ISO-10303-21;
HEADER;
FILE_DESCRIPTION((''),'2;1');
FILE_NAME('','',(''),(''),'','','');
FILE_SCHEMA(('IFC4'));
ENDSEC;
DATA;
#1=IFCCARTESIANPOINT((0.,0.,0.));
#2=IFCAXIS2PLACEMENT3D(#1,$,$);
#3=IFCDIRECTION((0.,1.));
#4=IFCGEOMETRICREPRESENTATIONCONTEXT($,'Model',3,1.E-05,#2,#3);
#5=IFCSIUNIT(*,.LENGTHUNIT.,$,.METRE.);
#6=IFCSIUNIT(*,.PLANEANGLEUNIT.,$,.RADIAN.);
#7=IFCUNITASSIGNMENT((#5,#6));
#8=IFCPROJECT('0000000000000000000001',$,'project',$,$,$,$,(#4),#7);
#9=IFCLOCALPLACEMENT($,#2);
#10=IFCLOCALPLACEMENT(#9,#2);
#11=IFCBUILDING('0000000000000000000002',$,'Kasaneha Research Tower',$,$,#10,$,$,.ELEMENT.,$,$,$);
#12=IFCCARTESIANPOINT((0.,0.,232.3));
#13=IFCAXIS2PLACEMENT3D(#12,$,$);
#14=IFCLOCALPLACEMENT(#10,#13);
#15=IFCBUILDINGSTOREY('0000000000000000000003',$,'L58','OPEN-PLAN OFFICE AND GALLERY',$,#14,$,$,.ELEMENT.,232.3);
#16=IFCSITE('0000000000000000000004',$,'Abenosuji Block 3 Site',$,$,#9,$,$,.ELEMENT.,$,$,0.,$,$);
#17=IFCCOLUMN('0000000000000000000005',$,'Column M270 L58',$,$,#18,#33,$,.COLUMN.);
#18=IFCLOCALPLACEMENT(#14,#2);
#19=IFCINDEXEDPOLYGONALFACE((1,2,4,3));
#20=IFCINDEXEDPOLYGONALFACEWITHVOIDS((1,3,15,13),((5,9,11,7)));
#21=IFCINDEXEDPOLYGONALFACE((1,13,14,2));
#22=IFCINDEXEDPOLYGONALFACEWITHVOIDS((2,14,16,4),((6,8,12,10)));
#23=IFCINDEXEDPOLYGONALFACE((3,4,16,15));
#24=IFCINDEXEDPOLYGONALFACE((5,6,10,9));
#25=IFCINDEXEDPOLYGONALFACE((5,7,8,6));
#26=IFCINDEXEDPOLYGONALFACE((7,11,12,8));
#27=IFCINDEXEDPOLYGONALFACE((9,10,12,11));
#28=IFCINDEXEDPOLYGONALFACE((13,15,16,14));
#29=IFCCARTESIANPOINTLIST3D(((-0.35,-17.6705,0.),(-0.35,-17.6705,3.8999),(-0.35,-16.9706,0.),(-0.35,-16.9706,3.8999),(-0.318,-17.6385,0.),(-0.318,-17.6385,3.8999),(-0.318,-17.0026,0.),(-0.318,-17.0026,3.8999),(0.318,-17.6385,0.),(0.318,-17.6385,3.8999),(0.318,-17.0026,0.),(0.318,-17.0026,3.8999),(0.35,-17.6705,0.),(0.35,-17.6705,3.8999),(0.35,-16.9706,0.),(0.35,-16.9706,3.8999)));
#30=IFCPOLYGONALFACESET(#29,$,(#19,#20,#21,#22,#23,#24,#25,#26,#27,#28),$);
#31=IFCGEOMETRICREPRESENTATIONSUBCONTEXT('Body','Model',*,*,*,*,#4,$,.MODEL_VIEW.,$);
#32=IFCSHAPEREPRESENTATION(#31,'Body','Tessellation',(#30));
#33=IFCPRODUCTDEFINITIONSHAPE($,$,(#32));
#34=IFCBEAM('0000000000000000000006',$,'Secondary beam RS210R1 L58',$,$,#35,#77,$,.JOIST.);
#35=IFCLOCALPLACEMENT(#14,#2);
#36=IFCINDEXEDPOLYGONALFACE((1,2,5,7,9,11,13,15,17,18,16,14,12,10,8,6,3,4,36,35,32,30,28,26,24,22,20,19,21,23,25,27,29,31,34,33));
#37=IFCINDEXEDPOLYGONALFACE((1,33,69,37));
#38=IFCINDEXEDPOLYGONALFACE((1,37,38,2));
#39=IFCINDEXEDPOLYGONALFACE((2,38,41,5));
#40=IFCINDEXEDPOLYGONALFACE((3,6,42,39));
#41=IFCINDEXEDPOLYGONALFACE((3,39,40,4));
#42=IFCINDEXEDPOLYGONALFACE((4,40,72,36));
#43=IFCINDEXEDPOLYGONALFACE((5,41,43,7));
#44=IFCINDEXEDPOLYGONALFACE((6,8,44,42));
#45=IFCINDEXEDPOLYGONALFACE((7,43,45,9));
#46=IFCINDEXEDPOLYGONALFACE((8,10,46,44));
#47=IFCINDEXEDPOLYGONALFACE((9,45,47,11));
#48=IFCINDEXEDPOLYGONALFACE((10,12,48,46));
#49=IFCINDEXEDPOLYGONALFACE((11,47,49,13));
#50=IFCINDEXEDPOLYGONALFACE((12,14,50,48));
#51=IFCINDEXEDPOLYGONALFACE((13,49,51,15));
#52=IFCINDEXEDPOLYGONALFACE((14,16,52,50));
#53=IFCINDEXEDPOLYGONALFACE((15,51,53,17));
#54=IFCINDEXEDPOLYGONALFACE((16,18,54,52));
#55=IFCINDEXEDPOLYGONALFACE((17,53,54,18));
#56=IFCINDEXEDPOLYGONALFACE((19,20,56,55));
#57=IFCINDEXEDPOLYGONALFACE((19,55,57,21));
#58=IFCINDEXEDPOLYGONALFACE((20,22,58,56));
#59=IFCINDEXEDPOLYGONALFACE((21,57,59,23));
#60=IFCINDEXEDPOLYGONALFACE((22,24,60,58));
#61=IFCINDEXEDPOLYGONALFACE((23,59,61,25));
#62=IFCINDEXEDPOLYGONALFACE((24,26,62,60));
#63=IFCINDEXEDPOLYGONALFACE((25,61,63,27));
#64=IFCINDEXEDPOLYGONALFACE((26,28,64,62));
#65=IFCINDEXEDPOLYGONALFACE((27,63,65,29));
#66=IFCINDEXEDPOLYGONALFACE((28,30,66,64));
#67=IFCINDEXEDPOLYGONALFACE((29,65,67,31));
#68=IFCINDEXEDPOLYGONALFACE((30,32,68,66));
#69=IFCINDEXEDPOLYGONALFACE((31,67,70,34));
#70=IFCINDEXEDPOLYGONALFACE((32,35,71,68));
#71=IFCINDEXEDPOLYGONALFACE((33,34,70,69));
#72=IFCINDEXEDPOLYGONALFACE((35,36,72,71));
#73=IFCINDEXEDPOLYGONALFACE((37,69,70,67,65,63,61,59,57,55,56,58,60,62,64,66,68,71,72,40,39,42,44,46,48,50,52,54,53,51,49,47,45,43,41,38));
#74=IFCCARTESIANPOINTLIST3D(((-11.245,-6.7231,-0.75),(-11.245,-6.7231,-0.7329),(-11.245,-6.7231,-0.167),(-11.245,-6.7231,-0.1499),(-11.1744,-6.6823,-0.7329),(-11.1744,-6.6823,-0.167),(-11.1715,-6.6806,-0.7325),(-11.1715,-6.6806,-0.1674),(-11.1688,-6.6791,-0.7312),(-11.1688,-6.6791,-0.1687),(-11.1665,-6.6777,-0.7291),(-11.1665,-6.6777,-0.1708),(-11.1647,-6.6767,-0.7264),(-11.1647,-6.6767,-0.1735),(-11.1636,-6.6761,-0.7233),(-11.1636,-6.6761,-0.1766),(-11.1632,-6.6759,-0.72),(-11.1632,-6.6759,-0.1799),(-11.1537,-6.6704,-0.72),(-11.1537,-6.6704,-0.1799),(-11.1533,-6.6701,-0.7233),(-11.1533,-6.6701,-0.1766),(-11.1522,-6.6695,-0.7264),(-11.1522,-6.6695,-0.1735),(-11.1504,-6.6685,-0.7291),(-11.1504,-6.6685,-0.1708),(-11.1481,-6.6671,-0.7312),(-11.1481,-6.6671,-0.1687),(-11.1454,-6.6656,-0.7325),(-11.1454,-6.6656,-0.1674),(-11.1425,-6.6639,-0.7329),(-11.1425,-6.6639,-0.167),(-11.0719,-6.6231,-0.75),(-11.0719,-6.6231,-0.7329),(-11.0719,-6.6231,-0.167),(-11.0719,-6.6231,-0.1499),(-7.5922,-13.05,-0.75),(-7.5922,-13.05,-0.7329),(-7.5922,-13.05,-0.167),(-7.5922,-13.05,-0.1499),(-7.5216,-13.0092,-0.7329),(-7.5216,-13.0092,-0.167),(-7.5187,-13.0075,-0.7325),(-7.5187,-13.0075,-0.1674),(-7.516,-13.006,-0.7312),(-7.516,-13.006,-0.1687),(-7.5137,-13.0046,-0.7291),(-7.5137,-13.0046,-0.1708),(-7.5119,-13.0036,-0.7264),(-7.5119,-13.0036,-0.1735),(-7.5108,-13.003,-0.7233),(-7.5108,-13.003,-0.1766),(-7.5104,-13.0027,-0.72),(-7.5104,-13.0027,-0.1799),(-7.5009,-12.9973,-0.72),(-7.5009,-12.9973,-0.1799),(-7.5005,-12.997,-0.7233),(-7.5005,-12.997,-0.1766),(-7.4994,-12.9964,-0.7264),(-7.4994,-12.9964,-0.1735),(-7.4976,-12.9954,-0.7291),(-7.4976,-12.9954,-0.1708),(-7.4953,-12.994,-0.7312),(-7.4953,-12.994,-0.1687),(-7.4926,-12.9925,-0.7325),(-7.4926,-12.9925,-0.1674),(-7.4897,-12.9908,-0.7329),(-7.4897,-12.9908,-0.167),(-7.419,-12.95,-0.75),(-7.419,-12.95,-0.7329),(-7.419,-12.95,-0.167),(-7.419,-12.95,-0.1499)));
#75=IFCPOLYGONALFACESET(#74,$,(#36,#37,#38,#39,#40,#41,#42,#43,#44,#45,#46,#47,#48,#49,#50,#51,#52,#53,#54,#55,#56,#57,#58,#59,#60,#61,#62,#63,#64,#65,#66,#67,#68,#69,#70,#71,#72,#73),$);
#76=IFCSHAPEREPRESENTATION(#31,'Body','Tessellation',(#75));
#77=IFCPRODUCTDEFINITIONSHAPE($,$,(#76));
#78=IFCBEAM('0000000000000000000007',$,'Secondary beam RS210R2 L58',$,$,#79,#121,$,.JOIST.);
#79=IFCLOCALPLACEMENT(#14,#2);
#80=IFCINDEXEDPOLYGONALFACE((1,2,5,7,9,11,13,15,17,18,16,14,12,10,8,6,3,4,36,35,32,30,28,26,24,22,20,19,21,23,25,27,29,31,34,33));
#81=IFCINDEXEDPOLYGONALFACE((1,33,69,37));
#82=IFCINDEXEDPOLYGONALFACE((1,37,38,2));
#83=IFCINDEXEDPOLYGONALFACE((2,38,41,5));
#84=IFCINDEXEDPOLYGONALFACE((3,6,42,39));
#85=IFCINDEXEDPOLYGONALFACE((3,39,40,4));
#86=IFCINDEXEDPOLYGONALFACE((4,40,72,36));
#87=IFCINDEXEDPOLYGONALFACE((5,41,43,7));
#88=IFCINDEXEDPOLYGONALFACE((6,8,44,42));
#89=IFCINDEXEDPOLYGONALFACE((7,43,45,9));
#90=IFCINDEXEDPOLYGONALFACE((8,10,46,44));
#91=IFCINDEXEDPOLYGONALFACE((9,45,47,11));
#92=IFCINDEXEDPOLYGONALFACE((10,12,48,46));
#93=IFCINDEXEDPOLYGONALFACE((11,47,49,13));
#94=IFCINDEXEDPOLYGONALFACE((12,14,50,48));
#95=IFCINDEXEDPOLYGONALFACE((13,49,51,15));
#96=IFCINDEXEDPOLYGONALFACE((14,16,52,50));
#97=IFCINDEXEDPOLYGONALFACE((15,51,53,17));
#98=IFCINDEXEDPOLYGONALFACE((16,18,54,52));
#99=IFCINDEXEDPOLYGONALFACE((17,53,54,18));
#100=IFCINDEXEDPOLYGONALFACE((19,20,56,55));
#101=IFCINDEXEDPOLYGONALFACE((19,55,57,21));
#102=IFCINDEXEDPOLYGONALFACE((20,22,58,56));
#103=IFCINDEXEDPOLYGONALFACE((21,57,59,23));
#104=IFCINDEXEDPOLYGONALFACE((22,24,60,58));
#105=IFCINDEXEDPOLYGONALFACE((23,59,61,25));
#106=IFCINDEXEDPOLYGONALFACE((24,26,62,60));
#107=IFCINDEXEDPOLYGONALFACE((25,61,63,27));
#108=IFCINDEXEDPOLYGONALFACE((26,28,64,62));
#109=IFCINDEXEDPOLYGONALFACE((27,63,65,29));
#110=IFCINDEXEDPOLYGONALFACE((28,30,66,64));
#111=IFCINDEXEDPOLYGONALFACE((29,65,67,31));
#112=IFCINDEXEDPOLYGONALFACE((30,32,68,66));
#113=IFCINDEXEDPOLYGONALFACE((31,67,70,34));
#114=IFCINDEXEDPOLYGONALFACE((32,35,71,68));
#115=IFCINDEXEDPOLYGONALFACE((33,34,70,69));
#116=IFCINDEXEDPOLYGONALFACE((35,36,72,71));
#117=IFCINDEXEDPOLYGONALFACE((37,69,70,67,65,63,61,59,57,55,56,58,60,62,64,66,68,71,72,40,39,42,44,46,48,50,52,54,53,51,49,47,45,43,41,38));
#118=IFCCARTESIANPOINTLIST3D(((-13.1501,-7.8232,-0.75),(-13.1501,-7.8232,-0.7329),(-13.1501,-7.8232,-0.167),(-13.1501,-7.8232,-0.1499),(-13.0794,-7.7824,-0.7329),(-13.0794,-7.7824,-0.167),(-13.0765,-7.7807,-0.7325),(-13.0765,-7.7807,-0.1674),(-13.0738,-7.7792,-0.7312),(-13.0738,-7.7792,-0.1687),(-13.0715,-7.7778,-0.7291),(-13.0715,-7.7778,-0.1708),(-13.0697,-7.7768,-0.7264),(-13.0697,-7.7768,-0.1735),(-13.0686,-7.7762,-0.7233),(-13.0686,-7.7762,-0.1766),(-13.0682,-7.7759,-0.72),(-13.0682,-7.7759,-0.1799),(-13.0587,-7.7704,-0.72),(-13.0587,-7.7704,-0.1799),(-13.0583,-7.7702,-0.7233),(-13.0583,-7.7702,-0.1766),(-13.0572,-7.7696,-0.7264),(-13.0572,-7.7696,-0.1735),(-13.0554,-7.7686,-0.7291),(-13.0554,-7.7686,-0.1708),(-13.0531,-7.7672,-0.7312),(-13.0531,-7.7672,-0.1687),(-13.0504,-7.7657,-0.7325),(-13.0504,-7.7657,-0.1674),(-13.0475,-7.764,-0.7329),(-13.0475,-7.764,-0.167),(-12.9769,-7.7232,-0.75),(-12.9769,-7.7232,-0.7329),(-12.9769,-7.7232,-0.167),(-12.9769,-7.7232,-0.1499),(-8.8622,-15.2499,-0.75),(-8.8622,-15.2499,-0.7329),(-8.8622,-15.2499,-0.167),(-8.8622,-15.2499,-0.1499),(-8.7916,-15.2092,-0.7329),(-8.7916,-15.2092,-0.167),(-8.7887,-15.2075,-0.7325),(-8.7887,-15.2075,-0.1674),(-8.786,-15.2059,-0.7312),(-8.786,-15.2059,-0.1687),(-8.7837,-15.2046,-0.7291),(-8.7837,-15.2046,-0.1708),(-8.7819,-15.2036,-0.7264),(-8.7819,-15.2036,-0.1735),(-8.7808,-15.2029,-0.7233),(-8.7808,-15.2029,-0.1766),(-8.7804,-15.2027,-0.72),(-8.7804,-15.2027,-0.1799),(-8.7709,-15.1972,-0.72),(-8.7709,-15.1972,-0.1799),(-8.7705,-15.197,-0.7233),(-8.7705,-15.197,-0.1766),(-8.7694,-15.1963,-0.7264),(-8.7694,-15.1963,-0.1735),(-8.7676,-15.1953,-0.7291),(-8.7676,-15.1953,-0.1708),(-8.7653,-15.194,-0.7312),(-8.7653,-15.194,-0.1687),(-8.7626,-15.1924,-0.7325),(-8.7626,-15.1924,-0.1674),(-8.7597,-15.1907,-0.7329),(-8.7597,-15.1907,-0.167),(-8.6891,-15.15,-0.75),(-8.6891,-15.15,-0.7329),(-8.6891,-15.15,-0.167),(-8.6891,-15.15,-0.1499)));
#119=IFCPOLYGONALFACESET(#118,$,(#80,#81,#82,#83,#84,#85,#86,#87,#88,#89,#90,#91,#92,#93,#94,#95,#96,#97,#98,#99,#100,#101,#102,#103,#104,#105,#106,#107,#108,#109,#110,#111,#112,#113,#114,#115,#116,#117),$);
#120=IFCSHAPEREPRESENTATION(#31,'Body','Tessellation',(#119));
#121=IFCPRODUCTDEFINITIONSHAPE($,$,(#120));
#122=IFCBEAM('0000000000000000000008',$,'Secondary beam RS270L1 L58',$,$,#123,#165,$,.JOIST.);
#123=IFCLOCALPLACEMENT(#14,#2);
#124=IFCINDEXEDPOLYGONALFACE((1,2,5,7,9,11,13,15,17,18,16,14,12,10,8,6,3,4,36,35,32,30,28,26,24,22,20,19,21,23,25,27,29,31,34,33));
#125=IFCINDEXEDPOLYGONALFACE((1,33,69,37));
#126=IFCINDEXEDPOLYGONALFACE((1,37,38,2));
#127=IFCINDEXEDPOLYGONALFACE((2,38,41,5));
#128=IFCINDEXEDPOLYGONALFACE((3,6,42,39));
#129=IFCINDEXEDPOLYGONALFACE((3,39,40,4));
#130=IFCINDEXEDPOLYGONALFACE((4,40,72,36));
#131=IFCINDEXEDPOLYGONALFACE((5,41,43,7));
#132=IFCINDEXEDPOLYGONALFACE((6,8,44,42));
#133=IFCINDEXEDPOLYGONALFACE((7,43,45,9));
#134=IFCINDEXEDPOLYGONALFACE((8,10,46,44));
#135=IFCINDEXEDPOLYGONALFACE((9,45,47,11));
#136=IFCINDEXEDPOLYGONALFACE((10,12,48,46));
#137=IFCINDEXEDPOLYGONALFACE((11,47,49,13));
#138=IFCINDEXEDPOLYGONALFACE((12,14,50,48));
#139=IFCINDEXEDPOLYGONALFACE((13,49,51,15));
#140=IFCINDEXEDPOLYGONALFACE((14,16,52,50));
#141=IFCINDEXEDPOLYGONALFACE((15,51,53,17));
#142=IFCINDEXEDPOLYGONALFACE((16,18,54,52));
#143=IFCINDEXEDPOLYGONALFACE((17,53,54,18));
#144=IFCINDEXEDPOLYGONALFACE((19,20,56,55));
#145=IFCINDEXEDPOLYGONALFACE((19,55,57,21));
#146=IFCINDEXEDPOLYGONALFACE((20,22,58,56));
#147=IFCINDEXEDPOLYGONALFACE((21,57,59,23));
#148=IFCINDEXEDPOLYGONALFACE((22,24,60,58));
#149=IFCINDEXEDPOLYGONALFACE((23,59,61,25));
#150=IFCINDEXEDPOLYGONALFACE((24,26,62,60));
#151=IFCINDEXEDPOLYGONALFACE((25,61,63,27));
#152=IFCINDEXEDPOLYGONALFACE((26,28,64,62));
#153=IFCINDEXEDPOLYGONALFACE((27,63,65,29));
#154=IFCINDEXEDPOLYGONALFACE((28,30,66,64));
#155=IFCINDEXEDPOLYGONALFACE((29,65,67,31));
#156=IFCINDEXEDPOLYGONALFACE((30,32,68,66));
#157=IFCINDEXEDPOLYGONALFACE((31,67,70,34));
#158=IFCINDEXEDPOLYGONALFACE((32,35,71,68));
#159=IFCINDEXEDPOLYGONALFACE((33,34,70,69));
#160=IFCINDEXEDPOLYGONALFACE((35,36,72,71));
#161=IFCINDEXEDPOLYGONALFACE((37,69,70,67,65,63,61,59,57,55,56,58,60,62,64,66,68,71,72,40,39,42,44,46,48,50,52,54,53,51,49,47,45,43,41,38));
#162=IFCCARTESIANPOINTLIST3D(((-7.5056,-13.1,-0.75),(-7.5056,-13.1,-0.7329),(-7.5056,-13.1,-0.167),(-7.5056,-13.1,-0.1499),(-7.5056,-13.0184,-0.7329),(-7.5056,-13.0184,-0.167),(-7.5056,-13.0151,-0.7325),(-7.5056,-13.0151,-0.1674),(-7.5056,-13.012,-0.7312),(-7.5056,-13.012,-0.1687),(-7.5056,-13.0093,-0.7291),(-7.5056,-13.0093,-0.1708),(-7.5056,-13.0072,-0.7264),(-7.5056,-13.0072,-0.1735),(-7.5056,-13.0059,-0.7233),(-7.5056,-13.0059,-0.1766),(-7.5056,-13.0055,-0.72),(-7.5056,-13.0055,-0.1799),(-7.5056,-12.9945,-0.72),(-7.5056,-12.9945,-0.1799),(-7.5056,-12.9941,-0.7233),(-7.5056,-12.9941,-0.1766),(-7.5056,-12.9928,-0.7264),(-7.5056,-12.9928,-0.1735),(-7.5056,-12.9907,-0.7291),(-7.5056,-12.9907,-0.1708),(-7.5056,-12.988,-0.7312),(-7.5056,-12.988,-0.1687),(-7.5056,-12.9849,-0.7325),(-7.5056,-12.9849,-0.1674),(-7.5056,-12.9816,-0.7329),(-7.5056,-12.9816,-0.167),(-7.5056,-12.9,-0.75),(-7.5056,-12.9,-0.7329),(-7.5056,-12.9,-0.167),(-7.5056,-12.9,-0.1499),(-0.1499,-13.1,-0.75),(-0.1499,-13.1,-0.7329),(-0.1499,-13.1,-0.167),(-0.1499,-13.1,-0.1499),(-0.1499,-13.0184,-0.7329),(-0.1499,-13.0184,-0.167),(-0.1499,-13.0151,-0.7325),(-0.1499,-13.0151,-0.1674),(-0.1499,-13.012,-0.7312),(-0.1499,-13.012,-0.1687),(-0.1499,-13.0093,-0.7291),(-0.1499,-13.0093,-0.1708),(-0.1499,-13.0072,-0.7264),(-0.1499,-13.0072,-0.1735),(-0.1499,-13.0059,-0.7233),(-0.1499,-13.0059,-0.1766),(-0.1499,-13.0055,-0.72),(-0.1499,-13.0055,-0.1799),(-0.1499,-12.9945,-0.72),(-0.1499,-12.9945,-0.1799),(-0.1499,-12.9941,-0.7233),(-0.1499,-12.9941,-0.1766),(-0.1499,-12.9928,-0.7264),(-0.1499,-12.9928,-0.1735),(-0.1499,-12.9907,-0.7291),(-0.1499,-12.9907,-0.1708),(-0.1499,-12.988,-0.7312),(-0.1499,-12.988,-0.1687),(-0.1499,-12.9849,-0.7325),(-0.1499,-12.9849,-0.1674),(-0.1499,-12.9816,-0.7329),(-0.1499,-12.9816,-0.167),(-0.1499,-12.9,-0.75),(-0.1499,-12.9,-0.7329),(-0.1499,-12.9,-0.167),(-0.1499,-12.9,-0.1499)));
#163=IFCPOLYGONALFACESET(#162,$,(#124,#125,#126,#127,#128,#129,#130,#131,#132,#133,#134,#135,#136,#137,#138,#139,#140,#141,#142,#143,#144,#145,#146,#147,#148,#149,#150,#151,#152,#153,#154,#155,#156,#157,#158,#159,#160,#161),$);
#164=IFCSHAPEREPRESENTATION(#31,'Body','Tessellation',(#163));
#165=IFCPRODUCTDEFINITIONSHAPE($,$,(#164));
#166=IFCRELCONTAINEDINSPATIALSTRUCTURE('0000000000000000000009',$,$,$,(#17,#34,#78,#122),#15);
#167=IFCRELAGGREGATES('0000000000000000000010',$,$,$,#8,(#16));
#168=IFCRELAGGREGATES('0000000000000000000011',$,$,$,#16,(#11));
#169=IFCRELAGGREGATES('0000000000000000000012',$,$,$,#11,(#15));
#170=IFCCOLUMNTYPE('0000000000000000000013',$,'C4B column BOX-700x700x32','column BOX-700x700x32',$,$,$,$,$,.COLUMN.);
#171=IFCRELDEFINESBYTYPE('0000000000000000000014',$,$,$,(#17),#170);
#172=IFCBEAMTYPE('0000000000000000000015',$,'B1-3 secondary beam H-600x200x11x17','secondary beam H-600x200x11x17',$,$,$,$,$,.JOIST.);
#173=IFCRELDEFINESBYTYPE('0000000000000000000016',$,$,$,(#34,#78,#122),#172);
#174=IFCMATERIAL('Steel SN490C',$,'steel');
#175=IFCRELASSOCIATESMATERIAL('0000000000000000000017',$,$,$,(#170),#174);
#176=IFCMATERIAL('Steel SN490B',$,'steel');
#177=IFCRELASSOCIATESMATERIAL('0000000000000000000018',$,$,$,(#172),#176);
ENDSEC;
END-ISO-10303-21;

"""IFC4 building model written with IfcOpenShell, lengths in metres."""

from ifc_helpers import new_model, si_unit, direction, frame, origin, origin_2d, place, context, subcontext, project, spatial, hollow_rectangle, i_section, extrude, material, material_profile, profile_set, type_object, element, save


model = new_model("IFC4")

# Units and contexts
model_context = context("Model", 3, precision=1e-05, world=origin(), true_north=direction((0.0, 1.0)))
body_context = subcontext(model_context, "Body", "Model", "MODEL_VIEW")
ifc_project = project(units=[si_unit("LENGTHUNIT", "METRE"), si_unit("PLANEANGLEUNIT", "RADIAN")], contexts=[model_context])

# Site, building, storey
site_placement = place(None, origin())
site = spatial("IfcSite", under=ifc_project, at=site_placement, Name="Abenosuji Block 3 Site", CompositionType="ELEMENT", RefElevation=0.0)
building_placement = place(site_placement, origin())
building = spatial("IfcBuilding", under=site, at=building_placement, Name="Kasaneha Research Tower", CompositionType="ELEMENT")
storey_placement = place(building_placement, frame((0.0, 0.0, 232.3)))
storey = spatial("IfcBuildingStorey", under=building, at=storey_placement, Name="L58", Description="OPEN-PLAN OFFICE AND GALLERY", CompositionType="ELEMENT", Elevation=232.3)

# Column
ifc_material_1 = material(Name="Steel SN490C", Category="steel")
ifc_material_profile_1 = material_profile(ifc_material_1, hollow_rectangle(XDim=0.7, YDim=0.7, WallThickness=0.032, at=origin_2d()), Name="BOX-700x700x32")
ifc_profile_set_1 = profile_set([ifc_material_profile_1], Name="Steel SN490C")
column_type = type_object("IfcColumnType", Name="C4B column BOX-700x700x32", Description="column BOX-700x700x32", PredefinedType="COLUMN", material=ifc_profile_set_1)
column_placement = place(storey_placement, frame((0.0, -17.3206, 0.0), z_axis=(0.0, 0.0, 1.0), x_axis=(1.0, 0.0, 0.0)))
element("IfcColumn", 1, at=column_placement, inside=storey, type_object=column_type, Name="Column M270 L58", PredefinedType="COLUMN", context=body_context, shape_type="SweptSolid", body=[
    extrude(hollow_rectangle(XDim=0.7, YDim=0.7, WallThickness=0.032, at=origin_2d()), origin(), (0.0, 0.0, 1.0), 3.8999),
])

# Beams
ifc_material_2 = material(Name="Steel SN490B", Category="steel")
ifc_material_profile_2 = material_profile(ifc_material_2, i_section(OverallWidth=0.2, OverallDepth=0.6001, WebThickness=0.011, FlangeThickness=0.0171, FilletRadius=0.0129, at=origin_2d()), Name="H-600x200x11x17")
ifc_profile_set_2 = profile_set([ifc_material_profile_2], Name="Steel SN490B")
beam_type_1 = type_object("IfcBeamType", Name="B1-3 secondary beam H-600x200x11x17", Description="secondary beam H-600x200x11x17", PredefinedType="JOIST", material=ifc_profile_set_2)
beam_1_placement = place(storey_placement, frame((-7.5056, -13.0, -0.45), z_axis=(-0.499999, 0.866026, 0.0), x_axis=(-0.866026, -0.499999, 0.0)))
element("IfcBeam", 2, at=beam_1_placement, inside=storey, type_object=beam_type_1, Name="Secondary beam RS210R1 L58", PredefinedType="JOIST", context=body_context, shape_type="SweptSolid", body=[
    extrude(i_section(OverallWidth=0.2, OverallDepth=0.6001, WebThickness=0.011, FlangeThickness=0.0171, FilletRadius=0.0129, at=origin_2d()), origin(), (0.0, 0.0, 1.0), 7.3057),
])
beam_2_placement = place(storey_placement, frame((-8.7756, -15.2, -0.45), z_axis=(-0.5, 0.866025, 0.0), x_axis=(-0.866025, -0.5, 0.0)))
element("IfcBeam", 3, at=beam_2_placement, inside=storey, type_object=beam_type_1, Name="Secondary beam RS210R2 L58", PredefinedType="JOIST", context=body_context, shape_type="SweptSolid", body=[
    extrude(i_section(OverallWidth=0.2, OverallDepth=0.6001, WebThickness=0.011, FlangeThickness=0.0171, FilletRadius=0.0129, at=origin_2d()), origin(), (0.0, 0.0, 1.0), 8.5757),
])
beam_3_placement = place(storey_placement, frame((-7.5056, -13.0, -0.45), z_axis=(1.0, 0.0, 0.0), x_axis=(0.0, 1.0, 0.0)))
element("IfcBeam", 4, at=beam_3_placement, inside=storey, type_object=beam_type_1, Name="Secondary beam RS270L1 L58", PredefinedType="JOIST", context=body_context, shape_type="SweptSolid", body=[
    extrude(i_section(OverallWidth=0.2, OverallDepth=0.6001, WebThickness=0.011, FlangeThickness=0.0171, FilletRadius=0.0129, at=origin_2d()), origin(), (0.0, 0.0, 1.0), 7.3557),
])

save(model, "model.ifc")
